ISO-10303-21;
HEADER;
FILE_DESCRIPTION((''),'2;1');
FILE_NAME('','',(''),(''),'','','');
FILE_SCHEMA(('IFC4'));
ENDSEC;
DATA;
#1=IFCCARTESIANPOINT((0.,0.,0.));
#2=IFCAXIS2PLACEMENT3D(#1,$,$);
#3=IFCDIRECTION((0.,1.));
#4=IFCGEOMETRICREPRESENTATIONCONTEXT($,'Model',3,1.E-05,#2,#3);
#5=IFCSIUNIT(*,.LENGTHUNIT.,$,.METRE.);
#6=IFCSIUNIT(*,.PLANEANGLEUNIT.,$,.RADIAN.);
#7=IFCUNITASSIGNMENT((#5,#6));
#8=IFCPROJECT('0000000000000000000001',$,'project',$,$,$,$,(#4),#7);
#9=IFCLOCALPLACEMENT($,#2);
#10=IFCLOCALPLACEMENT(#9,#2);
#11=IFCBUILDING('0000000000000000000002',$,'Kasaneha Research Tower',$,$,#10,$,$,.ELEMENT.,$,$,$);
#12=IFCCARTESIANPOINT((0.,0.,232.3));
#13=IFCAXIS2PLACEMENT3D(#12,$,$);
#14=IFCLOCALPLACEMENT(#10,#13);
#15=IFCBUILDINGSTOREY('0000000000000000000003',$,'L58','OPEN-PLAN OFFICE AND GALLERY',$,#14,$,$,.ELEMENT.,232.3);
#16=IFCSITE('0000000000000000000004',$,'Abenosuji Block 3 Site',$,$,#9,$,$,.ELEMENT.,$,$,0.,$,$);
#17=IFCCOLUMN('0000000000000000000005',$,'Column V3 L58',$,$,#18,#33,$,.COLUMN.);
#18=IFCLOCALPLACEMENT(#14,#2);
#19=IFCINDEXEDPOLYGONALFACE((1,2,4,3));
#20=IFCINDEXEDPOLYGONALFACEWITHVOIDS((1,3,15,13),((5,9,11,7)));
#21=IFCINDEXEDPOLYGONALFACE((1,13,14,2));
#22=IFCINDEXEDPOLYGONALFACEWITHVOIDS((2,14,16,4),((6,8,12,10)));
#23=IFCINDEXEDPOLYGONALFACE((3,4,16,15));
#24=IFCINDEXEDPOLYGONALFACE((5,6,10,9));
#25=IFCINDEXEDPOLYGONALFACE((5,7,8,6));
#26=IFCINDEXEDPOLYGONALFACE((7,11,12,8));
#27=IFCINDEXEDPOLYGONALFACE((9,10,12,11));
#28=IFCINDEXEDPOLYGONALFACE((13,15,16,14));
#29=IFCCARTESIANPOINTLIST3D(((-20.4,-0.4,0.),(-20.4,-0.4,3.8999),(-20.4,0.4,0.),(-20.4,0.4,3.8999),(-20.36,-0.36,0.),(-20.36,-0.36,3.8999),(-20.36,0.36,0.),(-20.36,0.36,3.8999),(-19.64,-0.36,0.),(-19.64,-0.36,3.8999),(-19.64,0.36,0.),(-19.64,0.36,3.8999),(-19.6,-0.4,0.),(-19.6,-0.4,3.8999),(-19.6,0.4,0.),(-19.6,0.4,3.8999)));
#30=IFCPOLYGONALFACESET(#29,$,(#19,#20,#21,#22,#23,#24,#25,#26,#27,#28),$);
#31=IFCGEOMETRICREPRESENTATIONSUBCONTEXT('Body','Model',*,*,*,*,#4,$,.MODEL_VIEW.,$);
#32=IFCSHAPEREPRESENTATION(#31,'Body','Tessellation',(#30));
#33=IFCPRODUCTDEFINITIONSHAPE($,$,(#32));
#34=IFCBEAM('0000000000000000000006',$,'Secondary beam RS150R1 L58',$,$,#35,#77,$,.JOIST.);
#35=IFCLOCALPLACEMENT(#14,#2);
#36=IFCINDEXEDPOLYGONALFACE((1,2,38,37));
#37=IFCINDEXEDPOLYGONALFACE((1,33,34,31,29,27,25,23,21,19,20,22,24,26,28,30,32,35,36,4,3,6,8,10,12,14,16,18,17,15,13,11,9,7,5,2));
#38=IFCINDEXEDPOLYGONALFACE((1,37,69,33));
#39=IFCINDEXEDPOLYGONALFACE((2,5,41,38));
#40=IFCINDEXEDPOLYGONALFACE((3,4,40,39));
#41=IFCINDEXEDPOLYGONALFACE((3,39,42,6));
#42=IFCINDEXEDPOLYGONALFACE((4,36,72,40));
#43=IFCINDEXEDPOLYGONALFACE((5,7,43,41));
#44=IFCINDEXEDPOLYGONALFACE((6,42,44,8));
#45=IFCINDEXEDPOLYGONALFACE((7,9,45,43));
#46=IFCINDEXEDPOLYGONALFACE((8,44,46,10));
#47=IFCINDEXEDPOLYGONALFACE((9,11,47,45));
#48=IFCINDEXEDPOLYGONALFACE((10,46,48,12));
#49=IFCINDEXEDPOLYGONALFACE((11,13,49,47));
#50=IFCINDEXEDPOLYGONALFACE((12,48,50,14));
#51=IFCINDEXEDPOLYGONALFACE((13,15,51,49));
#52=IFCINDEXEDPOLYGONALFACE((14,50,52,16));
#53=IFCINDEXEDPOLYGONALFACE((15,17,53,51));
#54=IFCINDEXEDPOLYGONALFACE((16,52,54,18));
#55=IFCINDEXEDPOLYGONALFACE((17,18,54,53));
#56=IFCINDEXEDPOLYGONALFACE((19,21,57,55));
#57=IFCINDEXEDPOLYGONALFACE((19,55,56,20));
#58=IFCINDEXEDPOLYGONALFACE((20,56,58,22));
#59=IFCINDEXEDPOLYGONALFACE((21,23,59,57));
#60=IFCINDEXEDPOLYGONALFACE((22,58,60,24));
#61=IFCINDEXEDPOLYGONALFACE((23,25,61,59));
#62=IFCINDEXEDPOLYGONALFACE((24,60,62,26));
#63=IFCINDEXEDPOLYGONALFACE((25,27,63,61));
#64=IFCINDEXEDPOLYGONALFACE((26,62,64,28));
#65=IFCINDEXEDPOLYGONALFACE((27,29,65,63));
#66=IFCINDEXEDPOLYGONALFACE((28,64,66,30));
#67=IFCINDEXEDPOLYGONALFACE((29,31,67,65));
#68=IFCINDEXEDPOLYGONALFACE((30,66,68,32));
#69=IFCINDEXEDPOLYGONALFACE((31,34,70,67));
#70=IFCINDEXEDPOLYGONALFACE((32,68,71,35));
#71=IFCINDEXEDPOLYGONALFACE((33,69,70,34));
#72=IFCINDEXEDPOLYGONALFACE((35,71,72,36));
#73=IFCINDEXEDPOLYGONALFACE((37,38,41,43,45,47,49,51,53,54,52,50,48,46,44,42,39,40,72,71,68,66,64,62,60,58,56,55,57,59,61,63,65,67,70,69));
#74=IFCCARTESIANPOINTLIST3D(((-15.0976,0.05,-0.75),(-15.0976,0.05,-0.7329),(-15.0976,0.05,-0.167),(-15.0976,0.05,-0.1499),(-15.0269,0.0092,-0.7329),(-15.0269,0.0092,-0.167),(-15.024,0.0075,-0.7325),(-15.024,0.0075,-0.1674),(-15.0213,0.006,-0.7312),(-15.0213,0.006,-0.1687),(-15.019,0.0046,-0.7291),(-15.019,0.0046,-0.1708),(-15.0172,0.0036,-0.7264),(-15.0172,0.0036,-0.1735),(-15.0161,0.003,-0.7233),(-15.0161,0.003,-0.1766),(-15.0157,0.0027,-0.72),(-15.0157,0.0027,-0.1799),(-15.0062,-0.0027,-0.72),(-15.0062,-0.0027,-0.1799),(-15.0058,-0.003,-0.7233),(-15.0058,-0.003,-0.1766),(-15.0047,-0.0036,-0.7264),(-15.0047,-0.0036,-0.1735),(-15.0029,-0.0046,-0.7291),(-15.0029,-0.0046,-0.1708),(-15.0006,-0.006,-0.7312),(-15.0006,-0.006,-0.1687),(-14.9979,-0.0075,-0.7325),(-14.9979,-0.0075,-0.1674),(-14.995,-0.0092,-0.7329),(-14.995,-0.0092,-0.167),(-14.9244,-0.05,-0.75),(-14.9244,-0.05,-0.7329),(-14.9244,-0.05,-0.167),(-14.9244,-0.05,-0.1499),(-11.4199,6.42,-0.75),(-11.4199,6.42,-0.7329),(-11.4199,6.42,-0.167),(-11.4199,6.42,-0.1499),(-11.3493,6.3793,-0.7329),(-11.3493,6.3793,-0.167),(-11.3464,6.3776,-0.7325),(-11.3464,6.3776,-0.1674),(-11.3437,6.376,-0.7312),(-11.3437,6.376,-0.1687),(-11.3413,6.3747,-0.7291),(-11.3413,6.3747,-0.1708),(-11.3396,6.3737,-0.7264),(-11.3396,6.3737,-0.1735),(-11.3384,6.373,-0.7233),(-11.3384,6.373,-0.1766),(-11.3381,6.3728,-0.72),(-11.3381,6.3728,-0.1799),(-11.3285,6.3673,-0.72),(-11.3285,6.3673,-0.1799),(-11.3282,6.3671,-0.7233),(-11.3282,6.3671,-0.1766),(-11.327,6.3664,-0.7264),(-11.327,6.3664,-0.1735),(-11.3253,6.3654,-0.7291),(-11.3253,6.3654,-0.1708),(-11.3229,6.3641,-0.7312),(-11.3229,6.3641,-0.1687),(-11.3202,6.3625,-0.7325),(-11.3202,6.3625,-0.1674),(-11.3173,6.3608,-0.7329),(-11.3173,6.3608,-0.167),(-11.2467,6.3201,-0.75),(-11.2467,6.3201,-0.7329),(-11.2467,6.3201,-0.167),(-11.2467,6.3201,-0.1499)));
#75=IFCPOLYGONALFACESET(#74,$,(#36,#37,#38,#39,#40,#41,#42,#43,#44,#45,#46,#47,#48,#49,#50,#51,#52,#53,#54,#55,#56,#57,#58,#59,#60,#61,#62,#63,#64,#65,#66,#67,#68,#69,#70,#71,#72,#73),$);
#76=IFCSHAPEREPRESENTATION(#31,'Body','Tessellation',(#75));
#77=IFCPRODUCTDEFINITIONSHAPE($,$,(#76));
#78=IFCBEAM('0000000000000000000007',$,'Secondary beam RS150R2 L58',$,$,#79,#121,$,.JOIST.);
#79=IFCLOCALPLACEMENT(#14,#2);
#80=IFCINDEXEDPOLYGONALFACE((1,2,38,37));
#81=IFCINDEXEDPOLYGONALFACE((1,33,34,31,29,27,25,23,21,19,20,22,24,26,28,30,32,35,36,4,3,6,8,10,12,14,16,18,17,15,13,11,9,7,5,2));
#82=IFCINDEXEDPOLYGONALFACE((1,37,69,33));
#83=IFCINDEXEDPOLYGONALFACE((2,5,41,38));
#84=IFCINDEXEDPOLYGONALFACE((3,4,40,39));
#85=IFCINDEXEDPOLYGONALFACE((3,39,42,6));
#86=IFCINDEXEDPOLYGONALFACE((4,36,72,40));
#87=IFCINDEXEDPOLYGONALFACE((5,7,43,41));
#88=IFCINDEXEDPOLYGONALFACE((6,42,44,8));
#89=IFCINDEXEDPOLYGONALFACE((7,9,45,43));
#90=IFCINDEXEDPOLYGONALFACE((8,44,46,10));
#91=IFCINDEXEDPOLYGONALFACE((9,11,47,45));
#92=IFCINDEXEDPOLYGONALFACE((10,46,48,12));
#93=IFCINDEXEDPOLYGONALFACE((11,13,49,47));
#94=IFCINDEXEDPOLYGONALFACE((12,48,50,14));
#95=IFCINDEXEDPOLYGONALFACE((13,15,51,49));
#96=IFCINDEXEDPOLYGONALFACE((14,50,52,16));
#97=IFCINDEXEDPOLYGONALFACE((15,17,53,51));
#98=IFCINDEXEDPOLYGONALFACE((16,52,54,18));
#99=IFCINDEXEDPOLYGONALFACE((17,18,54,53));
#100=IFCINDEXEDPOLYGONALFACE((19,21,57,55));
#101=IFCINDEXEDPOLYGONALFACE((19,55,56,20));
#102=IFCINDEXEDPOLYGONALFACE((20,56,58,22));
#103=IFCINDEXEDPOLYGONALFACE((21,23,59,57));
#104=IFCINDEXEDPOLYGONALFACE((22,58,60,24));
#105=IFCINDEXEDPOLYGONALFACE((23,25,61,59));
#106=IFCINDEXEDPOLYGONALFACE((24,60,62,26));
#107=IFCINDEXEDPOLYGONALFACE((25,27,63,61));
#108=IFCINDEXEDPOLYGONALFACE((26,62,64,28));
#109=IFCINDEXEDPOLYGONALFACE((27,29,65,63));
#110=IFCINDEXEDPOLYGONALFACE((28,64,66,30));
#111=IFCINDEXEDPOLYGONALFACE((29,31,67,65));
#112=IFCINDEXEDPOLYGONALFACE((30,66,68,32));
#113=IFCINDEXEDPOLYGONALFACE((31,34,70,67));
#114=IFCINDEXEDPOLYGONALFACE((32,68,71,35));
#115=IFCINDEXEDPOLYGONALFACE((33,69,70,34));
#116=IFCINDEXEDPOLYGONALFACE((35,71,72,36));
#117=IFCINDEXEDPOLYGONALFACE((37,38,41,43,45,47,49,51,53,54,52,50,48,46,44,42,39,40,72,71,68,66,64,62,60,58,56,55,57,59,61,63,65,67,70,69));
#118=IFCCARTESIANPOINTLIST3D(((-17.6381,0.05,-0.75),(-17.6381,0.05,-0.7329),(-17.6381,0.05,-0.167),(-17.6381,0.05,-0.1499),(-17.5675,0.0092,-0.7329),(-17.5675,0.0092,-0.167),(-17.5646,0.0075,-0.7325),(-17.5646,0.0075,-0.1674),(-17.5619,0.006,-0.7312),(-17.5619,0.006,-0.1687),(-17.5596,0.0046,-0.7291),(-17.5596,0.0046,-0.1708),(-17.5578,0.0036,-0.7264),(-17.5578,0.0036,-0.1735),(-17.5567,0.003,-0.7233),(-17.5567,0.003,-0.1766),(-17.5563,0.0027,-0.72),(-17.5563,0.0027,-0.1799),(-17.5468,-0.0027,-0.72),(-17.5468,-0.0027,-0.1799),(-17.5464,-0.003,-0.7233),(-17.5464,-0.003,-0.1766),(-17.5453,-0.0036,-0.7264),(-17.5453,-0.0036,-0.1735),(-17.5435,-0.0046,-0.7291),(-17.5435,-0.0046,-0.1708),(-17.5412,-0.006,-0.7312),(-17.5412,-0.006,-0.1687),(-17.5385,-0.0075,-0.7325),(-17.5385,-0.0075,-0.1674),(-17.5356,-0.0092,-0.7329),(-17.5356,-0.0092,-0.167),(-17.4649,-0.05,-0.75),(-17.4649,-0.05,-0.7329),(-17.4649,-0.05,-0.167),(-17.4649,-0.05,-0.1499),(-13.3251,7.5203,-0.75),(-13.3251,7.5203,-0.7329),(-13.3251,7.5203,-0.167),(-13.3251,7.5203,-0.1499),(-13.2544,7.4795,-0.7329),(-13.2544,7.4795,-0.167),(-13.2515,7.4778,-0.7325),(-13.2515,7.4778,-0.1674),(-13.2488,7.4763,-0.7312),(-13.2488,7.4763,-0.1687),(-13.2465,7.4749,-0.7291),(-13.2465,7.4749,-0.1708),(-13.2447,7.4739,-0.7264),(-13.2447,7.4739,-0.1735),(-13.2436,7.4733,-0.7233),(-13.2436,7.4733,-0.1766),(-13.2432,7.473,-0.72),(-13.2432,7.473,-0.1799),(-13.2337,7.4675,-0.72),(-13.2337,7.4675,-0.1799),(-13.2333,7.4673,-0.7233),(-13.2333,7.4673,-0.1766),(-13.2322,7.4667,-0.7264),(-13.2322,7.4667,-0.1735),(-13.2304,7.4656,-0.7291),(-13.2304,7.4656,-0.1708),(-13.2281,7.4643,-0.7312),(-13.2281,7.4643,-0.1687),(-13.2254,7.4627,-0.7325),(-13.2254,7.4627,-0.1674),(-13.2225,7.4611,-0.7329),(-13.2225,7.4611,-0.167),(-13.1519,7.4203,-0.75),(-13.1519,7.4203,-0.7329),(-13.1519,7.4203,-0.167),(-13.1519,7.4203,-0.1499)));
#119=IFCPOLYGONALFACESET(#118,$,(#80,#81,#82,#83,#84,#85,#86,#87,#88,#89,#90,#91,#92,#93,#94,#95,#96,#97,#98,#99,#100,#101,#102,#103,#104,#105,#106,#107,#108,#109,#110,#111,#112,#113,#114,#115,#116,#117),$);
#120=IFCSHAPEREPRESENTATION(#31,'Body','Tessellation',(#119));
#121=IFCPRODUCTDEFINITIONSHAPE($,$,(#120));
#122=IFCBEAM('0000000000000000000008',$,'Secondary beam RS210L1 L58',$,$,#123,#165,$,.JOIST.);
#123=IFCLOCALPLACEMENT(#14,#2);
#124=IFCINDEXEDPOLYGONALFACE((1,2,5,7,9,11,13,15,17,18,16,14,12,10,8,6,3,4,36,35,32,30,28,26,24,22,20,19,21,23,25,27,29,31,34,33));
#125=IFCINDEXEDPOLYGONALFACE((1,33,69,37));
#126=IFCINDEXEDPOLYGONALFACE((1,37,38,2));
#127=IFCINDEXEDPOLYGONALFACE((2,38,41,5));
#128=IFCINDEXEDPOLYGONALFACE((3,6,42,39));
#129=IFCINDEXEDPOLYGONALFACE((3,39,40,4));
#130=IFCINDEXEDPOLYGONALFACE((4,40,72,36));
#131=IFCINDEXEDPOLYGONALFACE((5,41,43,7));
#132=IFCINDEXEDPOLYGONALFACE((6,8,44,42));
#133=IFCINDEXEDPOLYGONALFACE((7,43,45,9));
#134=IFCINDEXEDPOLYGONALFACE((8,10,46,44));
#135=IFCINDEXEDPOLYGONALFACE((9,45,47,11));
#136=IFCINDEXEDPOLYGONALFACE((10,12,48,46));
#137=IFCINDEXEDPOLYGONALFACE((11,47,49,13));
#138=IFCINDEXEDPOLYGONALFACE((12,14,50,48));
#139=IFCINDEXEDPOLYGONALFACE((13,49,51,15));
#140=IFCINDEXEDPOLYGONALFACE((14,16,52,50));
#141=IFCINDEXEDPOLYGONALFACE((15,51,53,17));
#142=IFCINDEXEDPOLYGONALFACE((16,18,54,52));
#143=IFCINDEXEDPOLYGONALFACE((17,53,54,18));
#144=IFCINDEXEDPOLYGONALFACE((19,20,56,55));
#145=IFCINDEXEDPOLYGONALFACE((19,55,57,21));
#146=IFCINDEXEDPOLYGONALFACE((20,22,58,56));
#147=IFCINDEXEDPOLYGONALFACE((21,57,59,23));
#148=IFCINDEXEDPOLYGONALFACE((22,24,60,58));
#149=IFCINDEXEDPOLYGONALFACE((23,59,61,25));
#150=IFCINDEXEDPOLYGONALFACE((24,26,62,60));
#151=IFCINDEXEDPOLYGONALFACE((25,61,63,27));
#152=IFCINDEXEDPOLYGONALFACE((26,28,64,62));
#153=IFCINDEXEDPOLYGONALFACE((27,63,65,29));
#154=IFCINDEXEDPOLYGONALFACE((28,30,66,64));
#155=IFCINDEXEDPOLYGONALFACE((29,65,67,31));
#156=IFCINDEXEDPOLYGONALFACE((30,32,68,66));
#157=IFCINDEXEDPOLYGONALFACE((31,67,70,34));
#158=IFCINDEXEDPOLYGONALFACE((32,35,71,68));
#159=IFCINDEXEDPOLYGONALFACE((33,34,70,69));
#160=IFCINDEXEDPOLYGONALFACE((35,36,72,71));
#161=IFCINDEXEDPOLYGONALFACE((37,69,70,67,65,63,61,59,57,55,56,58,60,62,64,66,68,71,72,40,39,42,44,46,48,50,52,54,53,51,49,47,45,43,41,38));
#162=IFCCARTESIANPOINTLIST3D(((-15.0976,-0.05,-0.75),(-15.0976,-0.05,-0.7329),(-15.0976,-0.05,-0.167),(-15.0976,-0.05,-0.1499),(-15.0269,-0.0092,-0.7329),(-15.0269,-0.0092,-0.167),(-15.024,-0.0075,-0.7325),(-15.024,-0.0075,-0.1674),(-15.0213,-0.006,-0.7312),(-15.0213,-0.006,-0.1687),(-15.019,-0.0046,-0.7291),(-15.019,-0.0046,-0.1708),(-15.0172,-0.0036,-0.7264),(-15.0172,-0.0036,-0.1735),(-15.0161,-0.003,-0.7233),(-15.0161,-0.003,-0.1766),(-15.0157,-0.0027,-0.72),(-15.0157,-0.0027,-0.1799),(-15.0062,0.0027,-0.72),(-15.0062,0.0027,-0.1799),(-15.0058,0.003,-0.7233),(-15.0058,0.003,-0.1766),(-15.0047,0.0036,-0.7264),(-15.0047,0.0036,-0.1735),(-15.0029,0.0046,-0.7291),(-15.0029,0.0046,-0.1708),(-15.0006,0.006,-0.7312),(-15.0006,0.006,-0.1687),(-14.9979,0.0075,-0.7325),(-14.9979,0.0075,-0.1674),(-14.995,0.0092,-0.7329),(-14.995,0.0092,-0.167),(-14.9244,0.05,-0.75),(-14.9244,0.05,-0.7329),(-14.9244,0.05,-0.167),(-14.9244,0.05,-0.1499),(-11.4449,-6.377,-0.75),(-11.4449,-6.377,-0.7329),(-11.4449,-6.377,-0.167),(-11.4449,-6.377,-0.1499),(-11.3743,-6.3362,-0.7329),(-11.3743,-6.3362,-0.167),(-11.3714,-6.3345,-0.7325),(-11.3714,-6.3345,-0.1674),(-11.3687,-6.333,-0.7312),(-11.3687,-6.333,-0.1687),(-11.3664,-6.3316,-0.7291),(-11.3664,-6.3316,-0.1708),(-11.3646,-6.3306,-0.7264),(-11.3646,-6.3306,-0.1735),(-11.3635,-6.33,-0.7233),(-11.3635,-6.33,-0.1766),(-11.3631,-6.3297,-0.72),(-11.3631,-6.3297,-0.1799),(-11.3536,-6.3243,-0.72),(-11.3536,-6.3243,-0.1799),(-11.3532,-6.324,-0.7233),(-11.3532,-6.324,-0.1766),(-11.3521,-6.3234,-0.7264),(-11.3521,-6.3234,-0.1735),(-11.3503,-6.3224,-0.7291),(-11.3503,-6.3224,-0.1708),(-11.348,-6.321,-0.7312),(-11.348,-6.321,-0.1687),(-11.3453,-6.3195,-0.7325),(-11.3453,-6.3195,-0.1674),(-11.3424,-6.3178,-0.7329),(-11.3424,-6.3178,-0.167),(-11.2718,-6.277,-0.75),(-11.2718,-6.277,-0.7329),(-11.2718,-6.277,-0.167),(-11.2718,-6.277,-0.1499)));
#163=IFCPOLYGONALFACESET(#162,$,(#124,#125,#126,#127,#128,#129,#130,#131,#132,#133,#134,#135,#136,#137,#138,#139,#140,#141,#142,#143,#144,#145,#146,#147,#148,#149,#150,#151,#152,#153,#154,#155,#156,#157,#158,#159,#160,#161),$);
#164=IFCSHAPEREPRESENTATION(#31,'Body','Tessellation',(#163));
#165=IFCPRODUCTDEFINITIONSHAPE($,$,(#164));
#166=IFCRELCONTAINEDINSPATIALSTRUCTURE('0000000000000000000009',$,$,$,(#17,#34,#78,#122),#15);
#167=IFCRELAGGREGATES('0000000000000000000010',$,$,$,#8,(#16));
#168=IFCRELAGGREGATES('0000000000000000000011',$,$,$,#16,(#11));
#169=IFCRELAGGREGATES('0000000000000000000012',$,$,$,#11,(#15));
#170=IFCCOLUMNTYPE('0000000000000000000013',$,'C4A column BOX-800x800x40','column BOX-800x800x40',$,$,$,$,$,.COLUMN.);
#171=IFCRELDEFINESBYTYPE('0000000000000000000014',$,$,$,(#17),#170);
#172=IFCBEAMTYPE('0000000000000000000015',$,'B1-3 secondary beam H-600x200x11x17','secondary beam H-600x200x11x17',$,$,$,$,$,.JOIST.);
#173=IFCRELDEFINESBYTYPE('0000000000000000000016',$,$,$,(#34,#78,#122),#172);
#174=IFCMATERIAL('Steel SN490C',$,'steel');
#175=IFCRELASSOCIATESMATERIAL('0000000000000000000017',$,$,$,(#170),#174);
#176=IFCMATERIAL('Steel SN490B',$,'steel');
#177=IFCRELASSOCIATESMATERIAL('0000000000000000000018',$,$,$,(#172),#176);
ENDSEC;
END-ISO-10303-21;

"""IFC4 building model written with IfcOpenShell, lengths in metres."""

from ifc_helpers import new_model, si_unit, direction, frame, origin, origin_2d, place, context, subcontext, project, spatial, hollow_rectangle, i_section, extrude, material, material_profile, profile_set, type_object, element, save


model = new_model("IFC4")

# Units and contexts
model_context = context("Model", 3, precision=1e-05, world=origin(), true_north=direction((0.0, 1.0)))
body_context = subcontext(model_context, "Body", "Model", "MODEL_VIEW")
ifc_project = project(units=[si_unit("LENGTHUNIT", "METRE"), si_unit("PLANEANGLEUNIT", "RADIAN")], contexts=[model_context])

# Site, building, storey
site_placement = place(None, origin())
site = spatial("IfcSite", under=ifc_project, at=site_placement, Name="Abenosuji Block 3 Site", CompositionType="ELEMENT", RefElevation=0.0)
building_placement = place(site_placement, origin())
building = spatial("IfcBuilding", under=site, at=building_placement, Name="Kasaneha Research Tower", CompositionType="ELEMENT")
storey_placement = place(building_placement, frame((0.0, 0.0, 232.3)))
storey = spatial("IfcBuildingStorey", under=building, at=storey_placement, Name="L58", Description="OPEN-PLAN OFFICE AND GALLERY", CompositionType="ELEMENT", Elevation=232.3)

# Column
ifc_material_1 = material(Name="Steel SN490C", Category="steel")
ifc_material_profile_1 = material_profile(ifc_material_1, hollow_rectangle(XDim=0.8, YDim=0.8, WallThickness=0.04, at=origin_2d()), Name="BOX-800x800x40")
ifc_profile_set_1 = profile_set([ifc_material_profile_1], Name="Steel SN490C")
column_type = type_object("IfcColumnType", Name="C4A column BOX-800x800x40", Description="column BOX-800x800x40", PredefinedType="COLUMN", material=ifc_profile_set_1)
column_placement = place(storey_placement, frame((-20.0, 0.0, 0.0), z_axis=(0.0, 0.0, 1.0), x_axis=(1.0, 0.0, 0.0)))
element("IfcColumn", 1, at=column_placement, inside=storey, type_object=column_type, Name="Column V3 L58", PredefinedType="COLUMN", context=body_context, shape_type="SweptSolid", body=[
    extrude(hollow_rectangle(XDim=0.8, YDim=0.8, WallThickness=0.04, at=origin_2d()), origin(), (0.0, 0.0, 1.0), 3.8999),
])

# Beams
ifc_material_2 = material(Name="Steel SN490B", Category="steel")
ifc_material_profile_2 = material_profile(ifc_material_2, i_section(OverallWidth=0.2, OverallDepth=0.6001, WebThickness=0.011, FlangeThickness=0.0171, FilletRadius=0.0129, at=origin_2d()), Name="H-600x200x11x17")
ifc_profile_set_2 = profile_set([ifc_material_profile_2], Name="Steel SN490B")
beam_type_1 = type_object("IfcBeamType", Name="B1-3 secondary beam H-600x200x11x17", Description="secondary beam H-600x200x11x17", PredefinedType="JOIST", material=ifc_profile_set_2)
beam_1_placement = place(storey_placement, frame((-15.011, 0.0, -0.45), z_axis=(0.499994, 0.866029, 0.0), x_axis=(-0.866029, 0.499994, 0.0)))
element("IfcBeam", 2, at=beam_1_placement, inside=storey, type_object=beam_type_1, Name="Secondary beam RS150R1 L58", PredefinedType="JOIST", context=body_context, shape_type="SweptSolid", body=[
    extrude(i_section(OverallWidth=0.2, OverallDepth=0.6001, WebThickness=0.011, FlangeThickness=0.0171, FilletRadius=0.0129, at=origin_2d()), origin(), (0.0, 0.0, 1.0), 7.3555),
])
beam_2_placement = place(storey_placement, frame((-17.5515, 0.0, -0.45), z_axis=(0.500005, 0.866023, 0.0), x_axis=(-0.866023, 0.500005, 0.0)))
element("IfcBeam", 3, at=beam_2_placement, inside=storey, type_object=beam_type_1, Name="Secondary beam RS150R2 L58", PredefinedType="JOIST", context=body_context, shape_type="SweptSolid", body=[
    extrude(i_section(OverallWidth=0.2, OverallDepth=0.6001, WebThickness=0.011, FlangeThickness=0.0171, FilletRadius=0.0129, at=origin_2d()), origin(), (0.0, 0.0, 1.0), 8.626),
])
beam_3_placement = place(storey_placement, frame((-15.011, 0.0, -0.45), z_axis=(0.499974, -0.86604, 0.0), x_axis=(0.86604, 0.499974, 0.0)))
element("IfcBeam", 4, at=beam_3_placement, inside=storey, type_object=beam_type_1, Name="Secondary beam RS210L1 L58", PredefinedType="JOIST", context=body_context, shape_type="SweptSolid", body=[
    extrude(i_section(OverallWidth=0.2, OverallDepth=0.6001, WebThickness=0.011, FlangeThickness=0.0171, FilletRadius=0.0129, at=origin_2d()), origin(), (0.0, 0.0, 1.0), 7.3057),
])

save(model, "model.ifc")
